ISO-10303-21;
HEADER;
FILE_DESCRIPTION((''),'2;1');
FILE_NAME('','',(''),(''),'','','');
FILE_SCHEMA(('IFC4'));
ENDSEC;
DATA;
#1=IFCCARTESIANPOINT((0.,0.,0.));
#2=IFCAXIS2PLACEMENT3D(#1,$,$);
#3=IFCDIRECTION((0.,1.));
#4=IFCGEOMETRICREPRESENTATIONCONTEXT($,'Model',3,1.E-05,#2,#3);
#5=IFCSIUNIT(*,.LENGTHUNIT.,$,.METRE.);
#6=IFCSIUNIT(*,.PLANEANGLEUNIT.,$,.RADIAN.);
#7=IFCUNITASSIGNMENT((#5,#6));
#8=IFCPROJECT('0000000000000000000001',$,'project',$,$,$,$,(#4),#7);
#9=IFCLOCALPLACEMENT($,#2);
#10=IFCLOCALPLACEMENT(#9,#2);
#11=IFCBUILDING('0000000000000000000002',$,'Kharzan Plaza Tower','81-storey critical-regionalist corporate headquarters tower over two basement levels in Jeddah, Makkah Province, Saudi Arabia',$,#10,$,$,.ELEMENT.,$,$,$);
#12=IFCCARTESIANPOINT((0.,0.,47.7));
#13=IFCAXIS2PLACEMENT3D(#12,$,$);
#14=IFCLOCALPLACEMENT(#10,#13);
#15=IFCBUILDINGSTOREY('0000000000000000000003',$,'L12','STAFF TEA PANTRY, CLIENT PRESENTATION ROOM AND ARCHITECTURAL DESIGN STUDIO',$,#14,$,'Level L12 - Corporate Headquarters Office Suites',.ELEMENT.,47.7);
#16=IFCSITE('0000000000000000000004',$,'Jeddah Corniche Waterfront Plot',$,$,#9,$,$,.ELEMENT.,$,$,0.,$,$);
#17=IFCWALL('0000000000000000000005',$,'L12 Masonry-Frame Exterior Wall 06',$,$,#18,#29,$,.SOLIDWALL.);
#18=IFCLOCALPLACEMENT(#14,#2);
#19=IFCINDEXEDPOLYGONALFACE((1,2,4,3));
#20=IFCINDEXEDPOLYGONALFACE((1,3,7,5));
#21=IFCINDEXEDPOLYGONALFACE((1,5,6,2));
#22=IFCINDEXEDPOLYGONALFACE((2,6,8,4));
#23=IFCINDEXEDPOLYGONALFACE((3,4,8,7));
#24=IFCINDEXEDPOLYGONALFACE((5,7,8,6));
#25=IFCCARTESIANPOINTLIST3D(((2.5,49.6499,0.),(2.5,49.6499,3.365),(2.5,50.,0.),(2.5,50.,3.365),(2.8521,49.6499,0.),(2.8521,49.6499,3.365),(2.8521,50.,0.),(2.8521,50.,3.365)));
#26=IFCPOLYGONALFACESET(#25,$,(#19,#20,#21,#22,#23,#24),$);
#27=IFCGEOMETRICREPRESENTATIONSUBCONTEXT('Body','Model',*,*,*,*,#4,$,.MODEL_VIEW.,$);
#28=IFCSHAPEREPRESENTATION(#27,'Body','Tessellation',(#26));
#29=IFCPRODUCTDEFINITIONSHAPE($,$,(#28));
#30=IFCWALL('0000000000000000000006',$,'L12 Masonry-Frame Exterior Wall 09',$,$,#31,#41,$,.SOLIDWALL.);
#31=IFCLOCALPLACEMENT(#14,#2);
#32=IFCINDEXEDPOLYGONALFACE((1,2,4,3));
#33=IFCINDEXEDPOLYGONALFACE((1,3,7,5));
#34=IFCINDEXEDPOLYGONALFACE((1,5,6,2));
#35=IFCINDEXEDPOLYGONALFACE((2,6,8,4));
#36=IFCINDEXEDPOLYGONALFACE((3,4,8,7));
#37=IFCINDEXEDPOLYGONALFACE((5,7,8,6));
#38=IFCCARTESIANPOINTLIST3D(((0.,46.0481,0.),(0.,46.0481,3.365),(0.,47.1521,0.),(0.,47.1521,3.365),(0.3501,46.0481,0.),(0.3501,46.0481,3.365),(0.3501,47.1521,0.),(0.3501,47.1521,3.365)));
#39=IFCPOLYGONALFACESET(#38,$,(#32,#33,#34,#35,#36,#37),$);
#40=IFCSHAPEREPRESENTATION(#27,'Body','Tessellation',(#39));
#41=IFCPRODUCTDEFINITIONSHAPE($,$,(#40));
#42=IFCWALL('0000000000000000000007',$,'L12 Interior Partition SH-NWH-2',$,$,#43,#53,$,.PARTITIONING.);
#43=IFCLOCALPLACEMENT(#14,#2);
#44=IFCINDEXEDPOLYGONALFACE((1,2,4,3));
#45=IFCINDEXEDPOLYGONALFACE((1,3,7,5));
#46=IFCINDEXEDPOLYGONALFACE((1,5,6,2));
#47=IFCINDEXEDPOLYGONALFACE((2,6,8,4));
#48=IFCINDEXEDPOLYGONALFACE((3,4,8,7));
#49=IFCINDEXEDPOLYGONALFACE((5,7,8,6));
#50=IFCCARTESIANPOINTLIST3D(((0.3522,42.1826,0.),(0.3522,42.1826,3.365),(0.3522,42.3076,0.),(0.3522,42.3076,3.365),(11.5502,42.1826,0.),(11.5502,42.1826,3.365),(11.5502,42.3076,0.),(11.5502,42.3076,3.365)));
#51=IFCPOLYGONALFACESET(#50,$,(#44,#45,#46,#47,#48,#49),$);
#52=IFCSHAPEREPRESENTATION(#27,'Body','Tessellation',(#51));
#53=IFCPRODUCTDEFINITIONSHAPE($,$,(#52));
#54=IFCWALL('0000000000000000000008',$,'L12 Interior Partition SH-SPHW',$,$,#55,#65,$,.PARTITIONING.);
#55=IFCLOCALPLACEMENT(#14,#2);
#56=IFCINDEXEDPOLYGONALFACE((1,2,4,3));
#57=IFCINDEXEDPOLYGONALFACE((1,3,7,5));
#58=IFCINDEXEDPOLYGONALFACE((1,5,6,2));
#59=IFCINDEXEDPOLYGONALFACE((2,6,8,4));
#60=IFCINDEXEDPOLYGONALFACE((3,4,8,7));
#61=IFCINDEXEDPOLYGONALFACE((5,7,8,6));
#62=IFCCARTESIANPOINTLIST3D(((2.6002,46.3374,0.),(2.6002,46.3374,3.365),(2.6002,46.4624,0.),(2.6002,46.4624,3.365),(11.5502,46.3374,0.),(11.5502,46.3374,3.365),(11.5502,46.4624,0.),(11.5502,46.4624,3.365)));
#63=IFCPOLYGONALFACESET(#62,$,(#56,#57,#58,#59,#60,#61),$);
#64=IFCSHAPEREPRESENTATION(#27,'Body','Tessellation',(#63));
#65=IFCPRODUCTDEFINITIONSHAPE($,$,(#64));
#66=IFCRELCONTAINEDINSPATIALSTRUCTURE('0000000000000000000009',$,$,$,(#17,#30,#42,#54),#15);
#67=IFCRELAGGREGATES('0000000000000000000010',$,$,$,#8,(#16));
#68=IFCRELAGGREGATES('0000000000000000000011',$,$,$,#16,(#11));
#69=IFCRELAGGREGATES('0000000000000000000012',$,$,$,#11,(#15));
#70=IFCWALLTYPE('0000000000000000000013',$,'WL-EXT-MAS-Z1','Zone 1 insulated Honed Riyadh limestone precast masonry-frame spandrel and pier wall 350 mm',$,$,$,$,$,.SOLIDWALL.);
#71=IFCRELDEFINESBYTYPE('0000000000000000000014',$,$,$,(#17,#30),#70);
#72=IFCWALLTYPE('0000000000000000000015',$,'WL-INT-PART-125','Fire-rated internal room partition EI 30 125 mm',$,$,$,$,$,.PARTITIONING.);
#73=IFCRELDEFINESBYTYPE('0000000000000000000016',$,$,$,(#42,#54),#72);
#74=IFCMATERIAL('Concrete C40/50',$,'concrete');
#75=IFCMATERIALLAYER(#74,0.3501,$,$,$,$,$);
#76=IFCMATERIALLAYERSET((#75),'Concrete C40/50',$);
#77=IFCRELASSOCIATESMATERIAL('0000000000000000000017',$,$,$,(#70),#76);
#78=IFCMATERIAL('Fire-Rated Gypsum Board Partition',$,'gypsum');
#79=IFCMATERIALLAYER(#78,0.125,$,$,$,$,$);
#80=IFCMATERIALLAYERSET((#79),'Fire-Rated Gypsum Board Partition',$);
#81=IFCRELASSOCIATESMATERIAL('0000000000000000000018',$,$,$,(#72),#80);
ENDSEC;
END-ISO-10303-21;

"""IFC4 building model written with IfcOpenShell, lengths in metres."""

from ifc_helpers import new_model, si_unit, direction, frame, frame_2d, origin, place, context, subcontext, project, spatial, rectangle, extrude, source, transform, mapped, material, layer, layer_set, type_object, element, save


model = new_model("IFC4")

# Units and contexts
model_context = context("Model", 3, precision=1e-05, world=origin(), true_north=direction((0.0, 1.0)))
body_context = subcontext(model_context, "Body", "Model", "MODEL_VIEW")
ifc_project = project(units=[si_unit("LENGTHUNIT", "METRE"), si_unit("PLANEANGLEUNIT", "RADIAN")], contexts=[model_context])

# Site, building, storey
site_placement = place(None, origin())
site = spatial("IfcSite", under=ifc_project, at=site_placement, Name="Jeddah Corniche Waterfront Plot", CompositionType="ELEMENT", RefElevation=0.0)
building_placement = place(site_placement, origin())
building = spatial("IfcBuilding", under=site, at=building_placement, Name="Kharzan Plaza Tower", Description="81-storey critical-regionalist corporate headquarters tower over two basement levels in Jeddah, Makkah Province, Saudi Arabia", CompositionType="ELEMENT")
storey_placement = place(building_placement, frame((0.0, 0.0, 47.7)))
storey = spatial("IfcBuildingStorey", under=building, at=storey_placement, Name="L12", Description="STAFF TEA PANTRY, CLIENT PRESENTATION ROOM AND ARCHITECTURAL DESIGN STUDIO", LongName="Level L12 - Corporate Headquarters Office Suites", CompositionType="ELEMENT", Elevation=47.7)

# Shared definitions
ifc_material_1 = material(Name="Concrete C40/50", Category="concrete")
ifc_layer_1 = layer(ifc_material_1, 0.3501)
ifc_layer_set_1 = layer_set([ifc_layer_1], Name="Concrete C40/50")
wall_type_1 = type_object("IfcWallType", Name="WL-EXT-MAS-Z1", Description="Zone 1 insulated Honed Riyadh limestone precast masonry-frame spandrel and pier wall 350 mm", PredefinedType="SOLIDWALL", material=ifc_layer_set_1)

# Walls
shared_shape_1 = source(origin(), body_context, "Body", "SweptSolid", [
    extrude(rectangle(XDim=0.3521, YDim=0.3501, at=frame_2d((0.176, 0.0))), origin(), (0.0, 0.0, 1.0), 3.365),
])
wall_1_placement = place(storey_placement, frame((2.8521, 49.825, 0.0), z_axis=(0.0, 0.0, 1.0), x_axis=(-1.0, 0.0, 0.0)))
element("IfcWall", 1, at=wall_1_placement, inside=storey, type_object=wall_type_1, Name="L12 Masonry-Frame Exterior Wall 06", PredefinedType="SOLIDWALL", context=body_context, shape_type="MappedRepresentation", body=[
    mapped(shared_shape_1, transform((0.0, 0.0, 0.0), x_axis=(1.0, 0.0, 0.0), y_axis=(0.0, 1.0, 0.0), z_axis=(0.0, 0.0, 1.0))),
])
shared_shape_2 = source(origin(), body_context, "Body", "SweptSolid", [
    extrude(rectangle(XDim=1.104, YDim=0.3501, at=frame_2d((0.552, 0.0))), origin(), (0.0, 0.0, 1.0), 3.365),
])
wall_2_placement = place(storey_placement, frame((0.175, 47.1521, 0.0), z_axis=(0.0, 0.0, 1.0), x_axis=(0.0, -1.0, 0.0)))
element("IfcWall", 2, at=wall_2_placement, inside=storey, type_object=wall_type_1, Name="L12 Masonry-Frame Exterior Wall 09", PredefinedType="SOLIDWALL", context=body_context, shape_type="MappedRepresentation", body=[
    mapped(shared_shape_2, transform((0.0, 0.0, 0.0), x_axis=(1.0, 0.0, 0.0), y_axis=(0.0, 1.0, 0.0), z_axis=(0.0, 0.0, 1.0))),
])
ifc_material_2 = material(Name="Fire-Rated Gypsum Board Partition", Category="gypsum")
ifc_layer_2 = layer(ifc_material_2, 0.125)
ifc_layer_set_2 = layer_set([ifc_layer_2], Name="Fire-Rated Gypsum Board Partition")
wall_type_2 = type_object("IfcWallType", Name="WL-INT-PART-125", Description="Fire-rated internal room partition EI 30 125 mm", PredefinedType="PARTITIONING", material=ifc_layer_set_2)
shared_shape_3 = source(origin(), body_context, "Body", "SweptSolid", [
    extrude(rectangle(XDim=11.198, YDim=0.125, at=frame_2d((5.5991, 0.0))), origin(), (0.0, 0.0, 1.0), 3.365),
])
wall_3_placement = place(storey_placement, frame((0.3521, 42.2451, 0.0), z_axis=(0.0, 0.0, 1.0), x_axis=(1.0, 0.0, 0.0)))
element("IfcWall", 3, at=wall_3_placement, inside=storey, type_object=wall_type_2, Name="L12 Interior Partition SH-NWH-2", PredefinedType="PARTITIONING", context=body_context, shape_type="MappedRepresentation", body=[
    mapped(shared_shape_3, transform((0.0, 0.0, 0.0), x_axis=(1.0, 0.0, 0.0), y_axis=(0.0, 1.0, 0.0), z_axis=(0.0, 0.0, 1.0))),
])
shared_shape_4 = source(origin(), body_context, "Body", "SweptSolid", [
    extrude(rectangle(XDim=8.95, YDim=0.125, at=frame_2d((4.4751, 0.0))), origin(), (0.0, 0.0, 1.0), 3.365),
])
wall_4_placement = place(storey_placement, frame((2.6001, 46.3999, 0.0), z_axis=(0.0, 0.0, 1.0), x_axis=(1.0, 0.0, 0.0)))
element("IfcWall", 4, at=wall_4_placement, inside=storey, type_object=wall_type_2, Name="L12 Interior Partition SH-SPHW", PredefinedType="PARTITIONING", context=body_context, shape_type="MappedRepresentation", body=[
    mapped(shared_shape_4, transform((0.0, 0.0, 0.0), x_axis=(1.0, 0.0, 0.0), y_axis=(0.0, 1.0, 0.0), z_axis=(0.0, 0.0, 1.0))),
])

save(model, "model.ifc")
